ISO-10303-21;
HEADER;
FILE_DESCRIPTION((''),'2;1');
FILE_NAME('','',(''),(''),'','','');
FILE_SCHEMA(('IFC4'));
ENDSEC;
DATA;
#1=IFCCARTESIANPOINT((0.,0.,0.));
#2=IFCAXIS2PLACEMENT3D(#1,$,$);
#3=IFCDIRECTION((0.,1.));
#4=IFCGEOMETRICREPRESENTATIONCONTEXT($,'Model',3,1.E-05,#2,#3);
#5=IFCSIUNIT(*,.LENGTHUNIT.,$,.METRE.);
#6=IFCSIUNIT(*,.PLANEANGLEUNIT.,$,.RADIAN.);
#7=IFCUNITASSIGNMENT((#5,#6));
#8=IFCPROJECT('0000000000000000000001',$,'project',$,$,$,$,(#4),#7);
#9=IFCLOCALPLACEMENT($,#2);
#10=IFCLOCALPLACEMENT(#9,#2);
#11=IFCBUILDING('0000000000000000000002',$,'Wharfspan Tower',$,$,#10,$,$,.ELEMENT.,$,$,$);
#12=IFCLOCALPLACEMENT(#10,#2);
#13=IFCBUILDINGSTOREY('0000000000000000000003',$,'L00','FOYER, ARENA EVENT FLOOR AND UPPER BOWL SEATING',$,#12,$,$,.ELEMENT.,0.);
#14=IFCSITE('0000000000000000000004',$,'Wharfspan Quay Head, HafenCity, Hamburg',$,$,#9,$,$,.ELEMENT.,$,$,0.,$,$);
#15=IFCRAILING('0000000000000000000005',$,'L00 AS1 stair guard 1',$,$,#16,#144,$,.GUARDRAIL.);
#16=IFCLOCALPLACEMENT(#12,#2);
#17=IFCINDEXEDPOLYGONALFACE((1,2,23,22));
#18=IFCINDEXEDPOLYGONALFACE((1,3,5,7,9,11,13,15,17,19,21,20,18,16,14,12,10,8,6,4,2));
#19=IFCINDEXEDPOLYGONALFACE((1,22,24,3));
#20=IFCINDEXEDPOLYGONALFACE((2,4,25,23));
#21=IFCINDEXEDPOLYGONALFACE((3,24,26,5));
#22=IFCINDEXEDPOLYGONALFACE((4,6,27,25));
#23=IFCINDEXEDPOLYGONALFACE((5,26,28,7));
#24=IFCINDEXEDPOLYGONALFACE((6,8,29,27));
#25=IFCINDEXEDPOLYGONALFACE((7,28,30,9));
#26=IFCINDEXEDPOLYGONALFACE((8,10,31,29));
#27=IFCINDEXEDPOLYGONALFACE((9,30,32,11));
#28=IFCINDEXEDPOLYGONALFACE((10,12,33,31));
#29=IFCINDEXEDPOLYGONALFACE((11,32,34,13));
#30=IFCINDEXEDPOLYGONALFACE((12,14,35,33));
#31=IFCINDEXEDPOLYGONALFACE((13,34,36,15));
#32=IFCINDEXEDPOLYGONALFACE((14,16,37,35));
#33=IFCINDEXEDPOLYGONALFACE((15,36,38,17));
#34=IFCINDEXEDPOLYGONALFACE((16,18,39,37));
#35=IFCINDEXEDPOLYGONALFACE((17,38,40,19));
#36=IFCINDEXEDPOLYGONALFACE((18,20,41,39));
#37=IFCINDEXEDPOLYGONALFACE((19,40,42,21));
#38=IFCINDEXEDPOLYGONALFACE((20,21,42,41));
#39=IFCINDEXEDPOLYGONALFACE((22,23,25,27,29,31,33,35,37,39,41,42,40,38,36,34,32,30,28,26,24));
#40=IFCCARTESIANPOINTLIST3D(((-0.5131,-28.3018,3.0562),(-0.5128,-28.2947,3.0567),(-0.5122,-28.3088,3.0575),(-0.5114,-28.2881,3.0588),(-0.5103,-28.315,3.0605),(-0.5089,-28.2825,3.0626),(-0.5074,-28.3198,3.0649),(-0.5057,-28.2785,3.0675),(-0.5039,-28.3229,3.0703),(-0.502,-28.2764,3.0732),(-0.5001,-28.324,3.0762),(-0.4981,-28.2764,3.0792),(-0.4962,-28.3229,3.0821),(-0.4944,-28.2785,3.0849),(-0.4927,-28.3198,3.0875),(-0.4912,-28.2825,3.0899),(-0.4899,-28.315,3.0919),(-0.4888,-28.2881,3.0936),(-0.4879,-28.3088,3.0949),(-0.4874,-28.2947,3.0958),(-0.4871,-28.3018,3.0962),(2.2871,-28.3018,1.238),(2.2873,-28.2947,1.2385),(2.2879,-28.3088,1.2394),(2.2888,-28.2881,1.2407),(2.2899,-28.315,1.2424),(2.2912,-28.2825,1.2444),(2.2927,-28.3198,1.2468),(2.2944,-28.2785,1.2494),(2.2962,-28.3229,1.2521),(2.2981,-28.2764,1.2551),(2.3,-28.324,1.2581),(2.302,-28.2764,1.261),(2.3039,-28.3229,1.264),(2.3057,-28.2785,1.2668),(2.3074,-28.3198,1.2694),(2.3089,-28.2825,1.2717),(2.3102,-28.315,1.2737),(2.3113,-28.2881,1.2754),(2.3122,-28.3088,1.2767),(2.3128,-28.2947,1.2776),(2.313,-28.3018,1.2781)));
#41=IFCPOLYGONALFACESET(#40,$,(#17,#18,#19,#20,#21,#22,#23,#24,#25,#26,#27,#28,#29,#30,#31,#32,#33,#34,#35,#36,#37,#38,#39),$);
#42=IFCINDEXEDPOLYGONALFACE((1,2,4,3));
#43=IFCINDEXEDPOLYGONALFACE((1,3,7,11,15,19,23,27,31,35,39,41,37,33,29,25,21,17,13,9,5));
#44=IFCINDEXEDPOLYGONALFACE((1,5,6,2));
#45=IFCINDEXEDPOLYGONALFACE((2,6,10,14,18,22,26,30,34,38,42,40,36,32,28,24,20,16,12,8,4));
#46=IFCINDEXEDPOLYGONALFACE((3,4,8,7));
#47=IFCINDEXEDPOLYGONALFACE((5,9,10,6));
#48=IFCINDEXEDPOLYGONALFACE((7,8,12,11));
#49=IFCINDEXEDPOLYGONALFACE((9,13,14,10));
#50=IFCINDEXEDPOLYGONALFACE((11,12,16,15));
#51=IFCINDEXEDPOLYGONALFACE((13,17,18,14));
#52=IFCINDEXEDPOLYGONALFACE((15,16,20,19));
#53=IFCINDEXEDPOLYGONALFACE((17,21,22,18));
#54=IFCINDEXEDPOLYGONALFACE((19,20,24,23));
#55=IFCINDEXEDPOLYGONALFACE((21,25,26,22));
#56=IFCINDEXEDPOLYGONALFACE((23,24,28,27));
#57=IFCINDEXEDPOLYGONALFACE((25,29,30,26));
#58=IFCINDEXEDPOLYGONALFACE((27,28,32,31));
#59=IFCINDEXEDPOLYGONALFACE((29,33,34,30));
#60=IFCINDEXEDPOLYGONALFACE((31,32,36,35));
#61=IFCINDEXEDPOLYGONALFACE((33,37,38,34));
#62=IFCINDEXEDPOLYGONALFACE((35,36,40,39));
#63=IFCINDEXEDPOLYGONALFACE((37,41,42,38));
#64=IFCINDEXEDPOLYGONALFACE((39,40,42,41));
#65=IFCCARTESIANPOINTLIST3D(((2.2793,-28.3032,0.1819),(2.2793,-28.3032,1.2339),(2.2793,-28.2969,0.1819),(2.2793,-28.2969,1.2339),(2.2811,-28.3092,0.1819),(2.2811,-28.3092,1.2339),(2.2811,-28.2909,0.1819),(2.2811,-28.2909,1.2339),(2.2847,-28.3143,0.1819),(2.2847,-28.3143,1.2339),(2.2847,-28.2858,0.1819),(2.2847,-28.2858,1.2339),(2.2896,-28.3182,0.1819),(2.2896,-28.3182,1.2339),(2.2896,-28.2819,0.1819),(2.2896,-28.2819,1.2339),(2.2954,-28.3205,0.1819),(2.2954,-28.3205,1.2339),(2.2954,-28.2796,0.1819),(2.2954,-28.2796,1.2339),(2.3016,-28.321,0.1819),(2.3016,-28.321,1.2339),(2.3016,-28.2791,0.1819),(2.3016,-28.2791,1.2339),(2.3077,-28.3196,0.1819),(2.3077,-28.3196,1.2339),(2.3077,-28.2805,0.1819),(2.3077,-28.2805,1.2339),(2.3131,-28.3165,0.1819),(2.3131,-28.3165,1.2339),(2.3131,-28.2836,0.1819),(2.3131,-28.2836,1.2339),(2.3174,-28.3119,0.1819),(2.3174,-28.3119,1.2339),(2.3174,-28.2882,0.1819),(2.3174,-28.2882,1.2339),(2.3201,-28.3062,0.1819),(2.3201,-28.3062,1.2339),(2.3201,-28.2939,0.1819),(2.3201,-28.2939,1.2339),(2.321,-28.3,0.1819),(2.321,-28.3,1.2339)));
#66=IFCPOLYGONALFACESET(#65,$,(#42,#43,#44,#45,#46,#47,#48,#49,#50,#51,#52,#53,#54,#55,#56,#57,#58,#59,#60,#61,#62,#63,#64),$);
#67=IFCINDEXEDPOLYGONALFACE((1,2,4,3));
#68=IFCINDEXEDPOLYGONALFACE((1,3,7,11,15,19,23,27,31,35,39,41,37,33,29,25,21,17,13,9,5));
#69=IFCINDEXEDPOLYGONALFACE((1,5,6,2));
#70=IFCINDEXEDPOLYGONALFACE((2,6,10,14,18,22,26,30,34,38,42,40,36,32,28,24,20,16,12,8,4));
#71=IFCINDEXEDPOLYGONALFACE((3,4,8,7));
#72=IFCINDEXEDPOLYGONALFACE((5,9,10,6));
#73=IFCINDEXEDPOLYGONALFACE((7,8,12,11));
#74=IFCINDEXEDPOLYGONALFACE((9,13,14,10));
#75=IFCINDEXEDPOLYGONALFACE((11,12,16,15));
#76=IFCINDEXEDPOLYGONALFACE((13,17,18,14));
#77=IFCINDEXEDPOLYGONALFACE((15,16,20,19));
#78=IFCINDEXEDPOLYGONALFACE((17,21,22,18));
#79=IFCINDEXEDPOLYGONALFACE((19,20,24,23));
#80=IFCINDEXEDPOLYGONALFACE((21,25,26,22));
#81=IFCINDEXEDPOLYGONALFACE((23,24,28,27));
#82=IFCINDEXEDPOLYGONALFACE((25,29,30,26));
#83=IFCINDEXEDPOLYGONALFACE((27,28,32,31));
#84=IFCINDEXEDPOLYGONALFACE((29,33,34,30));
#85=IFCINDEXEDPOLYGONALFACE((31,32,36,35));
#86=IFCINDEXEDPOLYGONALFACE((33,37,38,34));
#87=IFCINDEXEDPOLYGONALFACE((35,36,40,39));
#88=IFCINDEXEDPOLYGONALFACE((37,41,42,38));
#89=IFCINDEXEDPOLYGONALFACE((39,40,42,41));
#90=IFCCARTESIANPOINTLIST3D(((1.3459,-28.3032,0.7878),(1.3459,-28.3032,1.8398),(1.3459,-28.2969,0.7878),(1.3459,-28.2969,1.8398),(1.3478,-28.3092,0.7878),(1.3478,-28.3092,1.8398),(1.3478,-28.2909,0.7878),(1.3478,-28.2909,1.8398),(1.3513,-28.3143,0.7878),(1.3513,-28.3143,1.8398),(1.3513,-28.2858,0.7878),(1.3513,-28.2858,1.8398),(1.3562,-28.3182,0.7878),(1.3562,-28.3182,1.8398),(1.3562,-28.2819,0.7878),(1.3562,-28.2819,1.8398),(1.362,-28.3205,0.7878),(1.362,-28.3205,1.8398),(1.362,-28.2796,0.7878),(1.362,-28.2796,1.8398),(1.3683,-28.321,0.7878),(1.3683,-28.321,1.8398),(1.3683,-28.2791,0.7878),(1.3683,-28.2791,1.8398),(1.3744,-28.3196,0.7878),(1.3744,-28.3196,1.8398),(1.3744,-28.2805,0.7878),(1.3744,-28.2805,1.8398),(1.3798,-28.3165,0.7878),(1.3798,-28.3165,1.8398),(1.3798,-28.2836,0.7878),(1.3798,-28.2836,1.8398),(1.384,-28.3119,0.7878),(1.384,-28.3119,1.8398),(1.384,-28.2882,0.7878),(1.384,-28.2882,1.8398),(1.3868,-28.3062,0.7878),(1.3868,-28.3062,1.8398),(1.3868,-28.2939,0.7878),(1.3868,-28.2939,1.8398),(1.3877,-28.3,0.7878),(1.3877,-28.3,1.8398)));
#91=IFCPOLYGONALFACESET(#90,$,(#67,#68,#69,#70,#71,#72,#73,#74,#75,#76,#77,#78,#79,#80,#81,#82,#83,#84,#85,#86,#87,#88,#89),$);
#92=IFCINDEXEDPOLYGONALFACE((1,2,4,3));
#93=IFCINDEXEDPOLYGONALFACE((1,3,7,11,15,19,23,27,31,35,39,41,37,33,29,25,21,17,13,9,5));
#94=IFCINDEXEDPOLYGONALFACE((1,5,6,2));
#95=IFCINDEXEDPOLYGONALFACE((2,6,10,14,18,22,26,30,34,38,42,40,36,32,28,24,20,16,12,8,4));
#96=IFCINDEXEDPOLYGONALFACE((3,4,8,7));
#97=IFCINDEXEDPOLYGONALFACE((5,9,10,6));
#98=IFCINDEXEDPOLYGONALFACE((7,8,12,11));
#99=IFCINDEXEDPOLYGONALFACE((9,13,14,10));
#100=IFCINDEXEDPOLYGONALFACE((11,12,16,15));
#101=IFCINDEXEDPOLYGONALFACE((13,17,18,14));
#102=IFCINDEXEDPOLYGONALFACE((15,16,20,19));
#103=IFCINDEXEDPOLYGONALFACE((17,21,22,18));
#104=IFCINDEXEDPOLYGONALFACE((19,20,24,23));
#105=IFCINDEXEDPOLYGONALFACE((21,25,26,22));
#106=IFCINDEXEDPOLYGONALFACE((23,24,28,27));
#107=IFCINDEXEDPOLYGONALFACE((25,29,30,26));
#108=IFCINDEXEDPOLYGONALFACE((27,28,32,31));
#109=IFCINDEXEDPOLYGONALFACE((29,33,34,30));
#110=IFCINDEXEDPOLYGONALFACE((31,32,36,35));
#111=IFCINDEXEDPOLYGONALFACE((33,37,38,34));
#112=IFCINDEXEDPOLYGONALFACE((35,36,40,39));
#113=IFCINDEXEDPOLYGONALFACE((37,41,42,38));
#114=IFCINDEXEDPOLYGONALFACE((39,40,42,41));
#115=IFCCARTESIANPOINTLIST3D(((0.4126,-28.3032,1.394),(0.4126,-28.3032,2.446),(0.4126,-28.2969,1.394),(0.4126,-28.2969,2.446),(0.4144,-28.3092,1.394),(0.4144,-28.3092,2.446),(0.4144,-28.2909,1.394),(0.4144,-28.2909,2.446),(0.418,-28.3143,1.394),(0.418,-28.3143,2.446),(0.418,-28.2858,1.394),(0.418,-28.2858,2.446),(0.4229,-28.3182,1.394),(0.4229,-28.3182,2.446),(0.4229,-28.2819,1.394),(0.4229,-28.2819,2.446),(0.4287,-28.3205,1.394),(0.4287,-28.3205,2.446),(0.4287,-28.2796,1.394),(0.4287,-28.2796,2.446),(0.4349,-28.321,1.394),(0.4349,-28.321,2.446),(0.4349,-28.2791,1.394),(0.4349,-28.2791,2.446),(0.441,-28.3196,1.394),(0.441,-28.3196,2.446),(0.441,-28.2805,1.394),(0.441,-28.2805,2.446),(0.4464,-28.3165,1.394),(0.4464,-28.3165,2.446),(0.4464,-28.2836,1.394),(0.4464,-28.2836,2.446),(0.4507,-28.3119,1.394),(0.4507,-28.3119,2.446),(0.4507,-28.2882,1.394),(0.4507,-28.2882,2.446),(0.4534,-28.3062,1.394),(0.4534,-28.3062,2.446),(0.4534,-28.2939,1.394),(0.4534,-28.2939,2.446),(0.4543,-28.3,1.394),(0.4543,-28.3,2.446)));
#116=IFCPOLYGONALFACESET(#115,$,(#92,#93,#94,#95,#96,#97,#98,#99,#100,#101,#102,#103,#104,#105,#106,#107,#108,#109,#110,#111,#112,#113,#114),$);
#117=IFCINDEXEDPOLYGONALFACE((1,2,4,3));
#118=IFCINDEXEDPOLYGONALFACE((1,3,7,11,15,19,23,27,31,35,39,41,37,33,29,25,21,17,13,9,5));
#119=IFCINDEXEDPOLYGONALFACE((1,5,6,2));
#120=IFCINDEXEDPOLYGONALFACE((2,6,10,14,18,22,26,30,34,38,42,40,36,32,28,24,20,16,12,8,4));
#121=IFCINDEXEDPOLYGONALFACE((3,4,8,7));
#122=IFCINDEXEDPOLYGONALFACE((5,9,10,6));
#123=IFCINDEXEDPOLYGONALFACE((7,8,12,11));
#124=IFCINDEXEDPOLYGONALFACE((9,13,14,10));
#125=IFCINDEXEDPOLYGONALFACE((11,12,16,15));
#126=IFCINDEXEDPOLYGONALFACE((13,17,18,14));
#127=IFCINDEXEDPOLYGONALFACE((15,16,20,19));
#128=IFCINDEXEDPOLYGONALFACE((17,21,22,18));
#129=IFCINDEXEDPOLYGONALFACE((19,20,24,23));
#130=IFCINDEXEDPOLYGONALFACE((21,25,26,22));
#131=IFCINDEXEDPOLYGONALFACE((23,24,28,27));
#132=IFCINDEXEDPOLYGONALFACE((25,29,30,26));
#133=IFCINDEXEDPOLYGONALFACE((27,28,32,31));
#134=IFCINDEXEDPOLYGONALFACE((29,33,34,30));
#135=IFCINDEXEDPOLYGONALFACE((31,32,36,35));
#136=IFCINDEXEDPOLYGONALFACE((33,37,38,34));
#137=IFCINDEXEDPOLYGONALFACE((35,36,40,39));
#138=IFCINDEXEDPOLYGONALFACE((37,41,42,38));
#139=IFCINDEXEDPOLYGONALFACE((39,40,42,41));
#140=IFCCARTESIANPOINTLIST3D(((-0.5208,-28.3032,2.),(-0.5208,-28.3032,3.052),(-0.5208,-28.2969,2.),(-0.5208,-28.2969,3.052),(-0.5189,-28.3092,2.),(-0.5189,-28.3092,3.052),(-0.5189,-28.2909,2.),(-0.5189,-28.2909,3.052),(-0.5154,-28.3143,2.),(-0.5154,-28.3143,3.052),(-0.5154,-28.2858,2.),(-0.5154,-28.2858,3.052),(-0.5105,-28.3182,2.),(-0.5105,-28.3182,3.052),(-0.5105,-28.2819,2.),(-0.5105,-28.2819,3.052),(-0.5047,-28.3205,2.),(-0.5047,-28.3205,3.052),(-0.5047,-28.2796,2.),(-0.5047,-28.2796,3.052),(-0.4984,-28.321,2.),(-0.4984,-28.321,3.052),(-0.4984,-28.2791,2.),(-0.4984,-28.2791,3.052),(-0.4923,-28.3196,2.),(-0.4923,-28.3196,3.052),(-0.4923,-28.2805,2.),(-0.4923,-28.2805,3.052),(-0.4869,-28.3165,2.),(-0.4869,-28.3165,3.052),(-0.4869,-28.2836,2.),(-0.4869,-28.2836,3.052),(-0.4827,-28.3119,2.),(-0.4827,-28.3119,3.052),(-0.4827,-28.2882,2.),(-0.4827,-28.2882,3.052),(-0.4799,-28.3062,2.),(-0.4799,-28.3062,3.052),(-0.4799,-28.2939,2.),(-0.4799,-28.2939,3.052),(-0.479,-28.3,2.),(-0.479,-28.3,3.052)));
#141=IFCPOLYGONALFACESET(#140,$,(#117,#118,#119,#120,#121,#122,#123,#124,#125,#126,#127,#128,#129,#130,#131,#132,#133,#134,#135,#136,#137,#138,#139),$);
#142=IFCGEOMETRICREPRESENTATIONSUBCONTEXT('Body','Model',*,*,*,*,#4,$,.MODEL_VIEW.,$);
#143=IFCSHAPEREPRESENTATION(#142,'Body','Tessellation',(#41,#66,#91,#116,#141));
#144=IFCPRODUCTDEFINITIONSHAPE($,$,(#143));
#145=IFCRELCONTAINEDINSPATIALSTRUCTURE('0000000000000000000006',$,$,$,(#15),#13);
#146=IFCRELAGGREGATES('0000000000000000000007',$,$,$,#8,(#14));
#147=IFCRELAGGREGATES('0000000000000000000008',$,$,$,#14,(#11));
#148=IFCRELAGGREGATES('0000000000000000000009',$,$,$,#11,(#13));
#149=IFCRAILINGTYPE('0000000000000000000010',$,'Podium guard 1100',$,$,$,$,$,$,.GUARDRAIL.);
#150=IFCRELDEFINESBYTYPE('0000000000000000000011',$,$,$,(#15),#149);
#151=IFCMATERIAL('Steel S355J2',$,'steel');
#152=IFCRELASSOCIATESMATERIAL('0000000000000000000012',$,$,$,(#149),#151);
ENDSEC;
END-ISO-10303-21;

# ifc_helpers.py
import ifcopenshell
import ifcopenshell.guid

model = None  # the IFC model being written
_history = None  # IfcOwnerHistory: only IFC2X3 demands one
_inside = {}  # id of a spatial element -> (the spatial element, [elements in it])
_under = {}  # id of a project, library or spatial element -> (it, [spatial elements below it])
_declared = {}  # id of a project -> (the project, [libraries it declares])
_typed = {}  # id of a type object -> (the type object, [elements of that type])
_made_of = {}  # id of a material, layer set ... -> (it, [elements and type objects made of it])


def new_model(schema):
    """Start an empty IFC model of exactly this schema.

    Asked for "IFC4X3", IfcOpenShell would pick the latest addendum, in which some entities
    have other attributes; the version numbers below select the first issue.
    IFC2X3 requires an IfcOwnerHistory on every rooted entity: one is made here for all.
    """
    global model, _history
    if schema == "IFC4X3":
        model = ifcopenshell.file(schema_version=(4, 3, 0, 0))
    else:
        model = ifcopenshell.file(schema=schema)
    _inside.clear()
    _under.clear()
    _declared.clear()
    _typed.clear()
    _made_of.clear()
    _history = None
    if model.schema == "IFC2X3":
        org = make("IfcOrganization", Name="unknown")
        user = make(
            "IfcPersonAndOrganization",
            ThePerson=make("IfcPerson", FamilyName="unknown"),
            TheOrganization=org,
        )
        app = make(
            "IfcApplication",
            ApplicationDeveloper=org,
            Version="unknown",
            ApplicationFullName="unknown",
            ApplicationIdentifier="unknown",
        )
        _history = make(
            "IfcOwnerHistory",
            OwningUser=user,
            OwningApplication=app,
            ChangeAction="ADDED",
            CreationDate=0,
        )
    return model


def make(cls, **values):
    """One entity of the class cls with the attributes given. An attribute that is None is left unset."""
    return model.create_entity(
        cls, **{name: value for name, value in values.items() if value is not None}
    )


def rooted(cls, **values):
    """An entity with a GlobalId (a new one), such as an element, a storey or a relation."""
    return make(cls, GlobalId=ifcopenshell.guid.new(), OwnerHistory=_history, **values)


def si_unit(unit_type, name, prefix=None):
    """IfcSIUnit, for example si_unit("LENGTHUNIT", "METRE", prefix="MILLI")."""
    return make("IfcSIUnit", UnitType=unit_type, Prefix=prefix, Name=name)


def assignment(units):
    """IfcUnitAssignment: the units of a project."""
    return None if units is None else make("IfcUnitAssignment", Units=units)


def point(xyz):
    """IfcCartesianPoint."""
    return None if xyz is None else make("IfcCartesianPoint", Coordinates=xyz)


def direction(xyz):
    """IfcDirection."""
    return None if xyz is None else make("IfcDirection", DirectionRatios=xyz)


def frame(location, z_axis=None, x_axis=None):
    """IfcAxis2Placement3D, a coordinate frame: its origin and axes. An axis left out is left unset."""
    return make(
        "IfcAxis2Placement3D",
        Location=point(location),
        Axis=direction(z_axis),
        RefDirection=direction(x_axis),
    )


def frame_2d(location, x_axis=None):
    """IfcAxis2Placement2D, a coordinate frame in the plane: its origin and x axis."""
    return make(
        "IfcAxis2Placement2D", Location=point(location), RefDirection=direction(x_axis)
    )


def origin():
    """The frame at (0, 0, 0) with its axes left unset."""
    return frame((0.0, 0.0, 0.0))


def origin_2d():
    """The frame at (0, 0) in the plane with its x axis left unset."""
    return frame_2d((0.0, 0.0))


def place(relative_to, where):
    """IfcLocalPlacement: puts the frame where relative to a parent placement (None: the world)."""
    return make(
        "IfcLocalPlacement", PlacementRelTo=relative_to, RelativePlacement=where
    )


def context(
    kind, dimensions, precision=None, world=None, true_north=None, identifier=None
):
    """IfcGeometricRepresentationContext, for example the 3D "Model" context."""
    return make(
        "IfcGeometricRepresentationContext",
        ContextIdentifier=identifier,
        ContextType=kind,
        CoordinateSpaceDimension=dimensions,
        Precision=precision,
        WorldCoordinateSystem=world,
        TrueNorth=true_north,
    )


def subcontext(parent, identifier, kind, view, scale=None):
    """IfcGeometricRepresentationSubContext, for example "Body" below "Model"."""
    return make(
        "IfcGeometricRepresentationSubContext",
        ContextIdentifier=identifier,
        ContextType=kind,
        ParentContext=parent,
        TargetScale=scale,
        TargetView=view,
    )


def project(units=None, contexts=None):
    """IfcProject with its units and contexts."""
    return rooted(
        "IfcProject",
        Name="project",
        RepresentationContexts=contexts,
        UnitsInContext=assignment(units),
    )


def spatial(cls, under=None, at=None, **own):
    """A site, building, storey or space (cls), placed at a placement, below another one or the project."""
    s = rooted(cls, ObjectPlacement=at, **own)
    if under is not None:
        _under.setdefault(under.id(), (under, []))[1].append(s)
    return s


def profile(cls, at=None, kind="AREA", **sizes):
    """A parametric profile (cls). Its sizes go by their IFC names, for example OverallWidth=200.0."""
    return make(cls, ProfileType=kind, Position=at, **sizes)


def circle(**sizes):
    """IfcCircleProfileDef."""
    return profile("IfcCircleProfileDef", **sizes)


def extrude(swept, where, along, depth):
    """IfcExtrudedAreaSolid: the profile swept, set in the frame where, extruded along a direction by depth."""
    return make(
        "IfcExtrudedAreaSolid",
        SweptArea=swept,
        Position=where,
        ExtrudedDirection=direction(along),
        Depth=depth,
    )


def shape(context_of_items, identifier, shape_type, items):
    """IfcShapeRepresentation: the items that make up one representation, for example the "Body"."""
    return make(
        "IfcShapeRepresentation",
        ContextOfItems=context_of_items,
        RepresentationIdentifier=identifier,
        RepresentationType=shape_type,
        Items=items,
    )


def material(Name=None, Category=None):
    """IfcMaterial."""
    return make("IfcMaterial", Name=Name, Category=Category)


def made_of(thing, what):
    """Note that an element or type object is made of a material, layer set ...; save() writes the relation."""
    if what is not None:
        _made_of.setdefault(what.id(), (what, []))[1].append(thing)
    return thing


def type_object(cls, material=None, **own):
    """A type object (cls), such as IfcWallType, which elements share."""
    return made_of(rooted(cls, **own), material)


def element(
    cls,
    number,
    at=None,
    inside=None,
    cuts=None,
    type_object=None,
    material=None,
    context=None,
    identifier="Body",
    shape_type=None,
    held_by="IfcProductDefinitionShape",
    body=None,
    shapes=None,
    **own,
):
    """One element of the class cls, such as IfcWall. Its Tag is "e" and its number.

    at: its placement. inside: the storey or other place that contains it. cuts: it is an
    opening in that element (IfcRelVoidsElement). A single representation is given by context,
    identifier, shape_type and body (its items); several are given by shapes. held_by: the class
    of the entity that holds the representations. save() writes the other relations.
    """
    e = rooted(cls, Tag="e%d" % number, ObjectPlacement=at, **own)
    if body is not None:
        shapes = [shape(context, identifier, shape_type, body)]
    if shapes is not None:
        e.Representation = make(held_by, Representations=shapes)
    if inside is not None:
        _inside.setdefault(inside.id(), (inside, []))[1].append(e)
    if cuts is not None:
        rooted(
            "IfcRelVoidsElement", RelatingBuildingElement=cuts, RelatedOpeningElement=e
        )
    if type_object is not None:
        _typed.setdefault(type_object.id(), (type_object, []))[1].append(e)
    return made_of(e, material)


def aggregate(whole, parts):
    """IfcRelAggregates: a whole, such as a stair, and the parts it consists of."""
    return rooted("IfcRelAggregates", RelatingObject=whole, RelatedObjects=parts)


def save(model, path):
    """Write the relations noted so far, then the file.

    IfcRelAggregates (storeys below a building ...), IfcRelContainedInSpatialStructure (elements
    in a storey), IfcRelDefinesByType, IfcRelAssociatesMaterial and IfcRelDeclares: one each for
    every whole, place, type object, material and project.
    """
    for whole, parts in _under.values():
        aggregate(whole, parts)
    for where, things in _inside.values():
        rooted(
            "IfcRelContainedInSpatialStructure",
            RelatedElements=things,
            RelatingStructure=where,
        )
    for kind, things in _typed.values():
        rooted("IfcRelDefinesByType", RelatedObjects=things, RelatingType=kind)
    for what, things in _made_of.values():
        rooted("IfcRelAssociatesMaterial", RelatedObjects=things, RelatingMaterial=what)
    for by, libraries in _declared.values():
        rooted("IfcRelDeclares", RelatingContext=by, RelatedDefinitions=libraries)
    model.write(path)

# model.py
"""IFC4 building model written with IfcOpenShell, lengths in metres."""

from ifc_helpers import new_model, si_unit, direction, frame, origin, origin_2d, place, context, subcontext, project, spatial, circle, extrude, material, type_object, element, save


model = new_model("IFC4")

# Units and contexts
model_context = context("Model", 3, precision=1e-05, world=origin(), true_north=direction((0.0, 1.0)))
body_context = subcontext(model_context, "Body", "Model", "MODEL_VIEW")
ifc_project = project(units=[si_unit("LENGTHUNIT", "METRE"), si_unit("PLANEANGLEUNIT", "RADIAN")], contexts=[model_context])

# Site, building, storey
site_placement = place(None, origin())
site = spatial("IfcSite", under=ifc_project, at=site_placement, Name="Wharfspan Quay Head, HafenCity, Hamburg", CompositionType="ELEMENT", RefElevation=0.0)
building_placement = place(site_placement, origin())
building = spatial("IfcBuilding", under=site, at=building_placement, Name="Wharfspan Tower", CompositionType="ELEMENT")
storey_placement = place(building_placement, origin())
storey = spatial("IfcBuildingStorey", under=building, at=storey_placement, Name="L00", Description="FOYER, ARENA EVENT FLOOR AND UPPER BOWL SEATING", CompositionType="ELEMENT", Elevation=0.0)

# Shared definitions
ifc_material_1 = material(Name="Steel S355J2", Category="steel")

# Railing
railing_type_1 = type_object("IfcRailingType", Name="Podium guard 1100", PredefinedType="GUARDRAIL", material=ifc_material_1)
railing_1_placement = place(storey_placement, frame((2.3, -28.3, 0.1819)))
element("IfcRailing", 1, at=railing_1_placement, inside=storey, type_object=railing_type_1, Name="L00 AS1 stair guard 1", PredefinedType="GUARDRAIL", context=body_context, shape_type="SweptSolid", body=[
    extrude(circle(Radius=0.0239, at=origin_2d()), frame((0.0, 0.0, 1.0762), z_axis=(-0.838706, 0.0, 0.544585), x_axis=(0.0, -1.0, 0.0)), (0.0, 0.0, 1.0), 3.3386),
    extrude(circle(Radius=0.021, at=origin_2d()), origin(), (0.0, 0.0, 1.0), 1.052),
    extrude(circle(Radius=0.021, at=origin_2d()), frame((-0.9334, 0.0, 0.606)), (0.0, 0.0, 1.0), 1.052),
    extrude(circle(Radius=0.021, at=origin_2d()), frame((-1.8667, 0.0, 1.2122)), (0.0, 0.0, 1.0), 1.052),
    extrude(circle(Radius=0.021, at=origin_2d()), frame((-2.8, 0.0, 1.8181)), (0.0, 0.0, 1.0), 1.052),
])

save(model, "model.ifc")
